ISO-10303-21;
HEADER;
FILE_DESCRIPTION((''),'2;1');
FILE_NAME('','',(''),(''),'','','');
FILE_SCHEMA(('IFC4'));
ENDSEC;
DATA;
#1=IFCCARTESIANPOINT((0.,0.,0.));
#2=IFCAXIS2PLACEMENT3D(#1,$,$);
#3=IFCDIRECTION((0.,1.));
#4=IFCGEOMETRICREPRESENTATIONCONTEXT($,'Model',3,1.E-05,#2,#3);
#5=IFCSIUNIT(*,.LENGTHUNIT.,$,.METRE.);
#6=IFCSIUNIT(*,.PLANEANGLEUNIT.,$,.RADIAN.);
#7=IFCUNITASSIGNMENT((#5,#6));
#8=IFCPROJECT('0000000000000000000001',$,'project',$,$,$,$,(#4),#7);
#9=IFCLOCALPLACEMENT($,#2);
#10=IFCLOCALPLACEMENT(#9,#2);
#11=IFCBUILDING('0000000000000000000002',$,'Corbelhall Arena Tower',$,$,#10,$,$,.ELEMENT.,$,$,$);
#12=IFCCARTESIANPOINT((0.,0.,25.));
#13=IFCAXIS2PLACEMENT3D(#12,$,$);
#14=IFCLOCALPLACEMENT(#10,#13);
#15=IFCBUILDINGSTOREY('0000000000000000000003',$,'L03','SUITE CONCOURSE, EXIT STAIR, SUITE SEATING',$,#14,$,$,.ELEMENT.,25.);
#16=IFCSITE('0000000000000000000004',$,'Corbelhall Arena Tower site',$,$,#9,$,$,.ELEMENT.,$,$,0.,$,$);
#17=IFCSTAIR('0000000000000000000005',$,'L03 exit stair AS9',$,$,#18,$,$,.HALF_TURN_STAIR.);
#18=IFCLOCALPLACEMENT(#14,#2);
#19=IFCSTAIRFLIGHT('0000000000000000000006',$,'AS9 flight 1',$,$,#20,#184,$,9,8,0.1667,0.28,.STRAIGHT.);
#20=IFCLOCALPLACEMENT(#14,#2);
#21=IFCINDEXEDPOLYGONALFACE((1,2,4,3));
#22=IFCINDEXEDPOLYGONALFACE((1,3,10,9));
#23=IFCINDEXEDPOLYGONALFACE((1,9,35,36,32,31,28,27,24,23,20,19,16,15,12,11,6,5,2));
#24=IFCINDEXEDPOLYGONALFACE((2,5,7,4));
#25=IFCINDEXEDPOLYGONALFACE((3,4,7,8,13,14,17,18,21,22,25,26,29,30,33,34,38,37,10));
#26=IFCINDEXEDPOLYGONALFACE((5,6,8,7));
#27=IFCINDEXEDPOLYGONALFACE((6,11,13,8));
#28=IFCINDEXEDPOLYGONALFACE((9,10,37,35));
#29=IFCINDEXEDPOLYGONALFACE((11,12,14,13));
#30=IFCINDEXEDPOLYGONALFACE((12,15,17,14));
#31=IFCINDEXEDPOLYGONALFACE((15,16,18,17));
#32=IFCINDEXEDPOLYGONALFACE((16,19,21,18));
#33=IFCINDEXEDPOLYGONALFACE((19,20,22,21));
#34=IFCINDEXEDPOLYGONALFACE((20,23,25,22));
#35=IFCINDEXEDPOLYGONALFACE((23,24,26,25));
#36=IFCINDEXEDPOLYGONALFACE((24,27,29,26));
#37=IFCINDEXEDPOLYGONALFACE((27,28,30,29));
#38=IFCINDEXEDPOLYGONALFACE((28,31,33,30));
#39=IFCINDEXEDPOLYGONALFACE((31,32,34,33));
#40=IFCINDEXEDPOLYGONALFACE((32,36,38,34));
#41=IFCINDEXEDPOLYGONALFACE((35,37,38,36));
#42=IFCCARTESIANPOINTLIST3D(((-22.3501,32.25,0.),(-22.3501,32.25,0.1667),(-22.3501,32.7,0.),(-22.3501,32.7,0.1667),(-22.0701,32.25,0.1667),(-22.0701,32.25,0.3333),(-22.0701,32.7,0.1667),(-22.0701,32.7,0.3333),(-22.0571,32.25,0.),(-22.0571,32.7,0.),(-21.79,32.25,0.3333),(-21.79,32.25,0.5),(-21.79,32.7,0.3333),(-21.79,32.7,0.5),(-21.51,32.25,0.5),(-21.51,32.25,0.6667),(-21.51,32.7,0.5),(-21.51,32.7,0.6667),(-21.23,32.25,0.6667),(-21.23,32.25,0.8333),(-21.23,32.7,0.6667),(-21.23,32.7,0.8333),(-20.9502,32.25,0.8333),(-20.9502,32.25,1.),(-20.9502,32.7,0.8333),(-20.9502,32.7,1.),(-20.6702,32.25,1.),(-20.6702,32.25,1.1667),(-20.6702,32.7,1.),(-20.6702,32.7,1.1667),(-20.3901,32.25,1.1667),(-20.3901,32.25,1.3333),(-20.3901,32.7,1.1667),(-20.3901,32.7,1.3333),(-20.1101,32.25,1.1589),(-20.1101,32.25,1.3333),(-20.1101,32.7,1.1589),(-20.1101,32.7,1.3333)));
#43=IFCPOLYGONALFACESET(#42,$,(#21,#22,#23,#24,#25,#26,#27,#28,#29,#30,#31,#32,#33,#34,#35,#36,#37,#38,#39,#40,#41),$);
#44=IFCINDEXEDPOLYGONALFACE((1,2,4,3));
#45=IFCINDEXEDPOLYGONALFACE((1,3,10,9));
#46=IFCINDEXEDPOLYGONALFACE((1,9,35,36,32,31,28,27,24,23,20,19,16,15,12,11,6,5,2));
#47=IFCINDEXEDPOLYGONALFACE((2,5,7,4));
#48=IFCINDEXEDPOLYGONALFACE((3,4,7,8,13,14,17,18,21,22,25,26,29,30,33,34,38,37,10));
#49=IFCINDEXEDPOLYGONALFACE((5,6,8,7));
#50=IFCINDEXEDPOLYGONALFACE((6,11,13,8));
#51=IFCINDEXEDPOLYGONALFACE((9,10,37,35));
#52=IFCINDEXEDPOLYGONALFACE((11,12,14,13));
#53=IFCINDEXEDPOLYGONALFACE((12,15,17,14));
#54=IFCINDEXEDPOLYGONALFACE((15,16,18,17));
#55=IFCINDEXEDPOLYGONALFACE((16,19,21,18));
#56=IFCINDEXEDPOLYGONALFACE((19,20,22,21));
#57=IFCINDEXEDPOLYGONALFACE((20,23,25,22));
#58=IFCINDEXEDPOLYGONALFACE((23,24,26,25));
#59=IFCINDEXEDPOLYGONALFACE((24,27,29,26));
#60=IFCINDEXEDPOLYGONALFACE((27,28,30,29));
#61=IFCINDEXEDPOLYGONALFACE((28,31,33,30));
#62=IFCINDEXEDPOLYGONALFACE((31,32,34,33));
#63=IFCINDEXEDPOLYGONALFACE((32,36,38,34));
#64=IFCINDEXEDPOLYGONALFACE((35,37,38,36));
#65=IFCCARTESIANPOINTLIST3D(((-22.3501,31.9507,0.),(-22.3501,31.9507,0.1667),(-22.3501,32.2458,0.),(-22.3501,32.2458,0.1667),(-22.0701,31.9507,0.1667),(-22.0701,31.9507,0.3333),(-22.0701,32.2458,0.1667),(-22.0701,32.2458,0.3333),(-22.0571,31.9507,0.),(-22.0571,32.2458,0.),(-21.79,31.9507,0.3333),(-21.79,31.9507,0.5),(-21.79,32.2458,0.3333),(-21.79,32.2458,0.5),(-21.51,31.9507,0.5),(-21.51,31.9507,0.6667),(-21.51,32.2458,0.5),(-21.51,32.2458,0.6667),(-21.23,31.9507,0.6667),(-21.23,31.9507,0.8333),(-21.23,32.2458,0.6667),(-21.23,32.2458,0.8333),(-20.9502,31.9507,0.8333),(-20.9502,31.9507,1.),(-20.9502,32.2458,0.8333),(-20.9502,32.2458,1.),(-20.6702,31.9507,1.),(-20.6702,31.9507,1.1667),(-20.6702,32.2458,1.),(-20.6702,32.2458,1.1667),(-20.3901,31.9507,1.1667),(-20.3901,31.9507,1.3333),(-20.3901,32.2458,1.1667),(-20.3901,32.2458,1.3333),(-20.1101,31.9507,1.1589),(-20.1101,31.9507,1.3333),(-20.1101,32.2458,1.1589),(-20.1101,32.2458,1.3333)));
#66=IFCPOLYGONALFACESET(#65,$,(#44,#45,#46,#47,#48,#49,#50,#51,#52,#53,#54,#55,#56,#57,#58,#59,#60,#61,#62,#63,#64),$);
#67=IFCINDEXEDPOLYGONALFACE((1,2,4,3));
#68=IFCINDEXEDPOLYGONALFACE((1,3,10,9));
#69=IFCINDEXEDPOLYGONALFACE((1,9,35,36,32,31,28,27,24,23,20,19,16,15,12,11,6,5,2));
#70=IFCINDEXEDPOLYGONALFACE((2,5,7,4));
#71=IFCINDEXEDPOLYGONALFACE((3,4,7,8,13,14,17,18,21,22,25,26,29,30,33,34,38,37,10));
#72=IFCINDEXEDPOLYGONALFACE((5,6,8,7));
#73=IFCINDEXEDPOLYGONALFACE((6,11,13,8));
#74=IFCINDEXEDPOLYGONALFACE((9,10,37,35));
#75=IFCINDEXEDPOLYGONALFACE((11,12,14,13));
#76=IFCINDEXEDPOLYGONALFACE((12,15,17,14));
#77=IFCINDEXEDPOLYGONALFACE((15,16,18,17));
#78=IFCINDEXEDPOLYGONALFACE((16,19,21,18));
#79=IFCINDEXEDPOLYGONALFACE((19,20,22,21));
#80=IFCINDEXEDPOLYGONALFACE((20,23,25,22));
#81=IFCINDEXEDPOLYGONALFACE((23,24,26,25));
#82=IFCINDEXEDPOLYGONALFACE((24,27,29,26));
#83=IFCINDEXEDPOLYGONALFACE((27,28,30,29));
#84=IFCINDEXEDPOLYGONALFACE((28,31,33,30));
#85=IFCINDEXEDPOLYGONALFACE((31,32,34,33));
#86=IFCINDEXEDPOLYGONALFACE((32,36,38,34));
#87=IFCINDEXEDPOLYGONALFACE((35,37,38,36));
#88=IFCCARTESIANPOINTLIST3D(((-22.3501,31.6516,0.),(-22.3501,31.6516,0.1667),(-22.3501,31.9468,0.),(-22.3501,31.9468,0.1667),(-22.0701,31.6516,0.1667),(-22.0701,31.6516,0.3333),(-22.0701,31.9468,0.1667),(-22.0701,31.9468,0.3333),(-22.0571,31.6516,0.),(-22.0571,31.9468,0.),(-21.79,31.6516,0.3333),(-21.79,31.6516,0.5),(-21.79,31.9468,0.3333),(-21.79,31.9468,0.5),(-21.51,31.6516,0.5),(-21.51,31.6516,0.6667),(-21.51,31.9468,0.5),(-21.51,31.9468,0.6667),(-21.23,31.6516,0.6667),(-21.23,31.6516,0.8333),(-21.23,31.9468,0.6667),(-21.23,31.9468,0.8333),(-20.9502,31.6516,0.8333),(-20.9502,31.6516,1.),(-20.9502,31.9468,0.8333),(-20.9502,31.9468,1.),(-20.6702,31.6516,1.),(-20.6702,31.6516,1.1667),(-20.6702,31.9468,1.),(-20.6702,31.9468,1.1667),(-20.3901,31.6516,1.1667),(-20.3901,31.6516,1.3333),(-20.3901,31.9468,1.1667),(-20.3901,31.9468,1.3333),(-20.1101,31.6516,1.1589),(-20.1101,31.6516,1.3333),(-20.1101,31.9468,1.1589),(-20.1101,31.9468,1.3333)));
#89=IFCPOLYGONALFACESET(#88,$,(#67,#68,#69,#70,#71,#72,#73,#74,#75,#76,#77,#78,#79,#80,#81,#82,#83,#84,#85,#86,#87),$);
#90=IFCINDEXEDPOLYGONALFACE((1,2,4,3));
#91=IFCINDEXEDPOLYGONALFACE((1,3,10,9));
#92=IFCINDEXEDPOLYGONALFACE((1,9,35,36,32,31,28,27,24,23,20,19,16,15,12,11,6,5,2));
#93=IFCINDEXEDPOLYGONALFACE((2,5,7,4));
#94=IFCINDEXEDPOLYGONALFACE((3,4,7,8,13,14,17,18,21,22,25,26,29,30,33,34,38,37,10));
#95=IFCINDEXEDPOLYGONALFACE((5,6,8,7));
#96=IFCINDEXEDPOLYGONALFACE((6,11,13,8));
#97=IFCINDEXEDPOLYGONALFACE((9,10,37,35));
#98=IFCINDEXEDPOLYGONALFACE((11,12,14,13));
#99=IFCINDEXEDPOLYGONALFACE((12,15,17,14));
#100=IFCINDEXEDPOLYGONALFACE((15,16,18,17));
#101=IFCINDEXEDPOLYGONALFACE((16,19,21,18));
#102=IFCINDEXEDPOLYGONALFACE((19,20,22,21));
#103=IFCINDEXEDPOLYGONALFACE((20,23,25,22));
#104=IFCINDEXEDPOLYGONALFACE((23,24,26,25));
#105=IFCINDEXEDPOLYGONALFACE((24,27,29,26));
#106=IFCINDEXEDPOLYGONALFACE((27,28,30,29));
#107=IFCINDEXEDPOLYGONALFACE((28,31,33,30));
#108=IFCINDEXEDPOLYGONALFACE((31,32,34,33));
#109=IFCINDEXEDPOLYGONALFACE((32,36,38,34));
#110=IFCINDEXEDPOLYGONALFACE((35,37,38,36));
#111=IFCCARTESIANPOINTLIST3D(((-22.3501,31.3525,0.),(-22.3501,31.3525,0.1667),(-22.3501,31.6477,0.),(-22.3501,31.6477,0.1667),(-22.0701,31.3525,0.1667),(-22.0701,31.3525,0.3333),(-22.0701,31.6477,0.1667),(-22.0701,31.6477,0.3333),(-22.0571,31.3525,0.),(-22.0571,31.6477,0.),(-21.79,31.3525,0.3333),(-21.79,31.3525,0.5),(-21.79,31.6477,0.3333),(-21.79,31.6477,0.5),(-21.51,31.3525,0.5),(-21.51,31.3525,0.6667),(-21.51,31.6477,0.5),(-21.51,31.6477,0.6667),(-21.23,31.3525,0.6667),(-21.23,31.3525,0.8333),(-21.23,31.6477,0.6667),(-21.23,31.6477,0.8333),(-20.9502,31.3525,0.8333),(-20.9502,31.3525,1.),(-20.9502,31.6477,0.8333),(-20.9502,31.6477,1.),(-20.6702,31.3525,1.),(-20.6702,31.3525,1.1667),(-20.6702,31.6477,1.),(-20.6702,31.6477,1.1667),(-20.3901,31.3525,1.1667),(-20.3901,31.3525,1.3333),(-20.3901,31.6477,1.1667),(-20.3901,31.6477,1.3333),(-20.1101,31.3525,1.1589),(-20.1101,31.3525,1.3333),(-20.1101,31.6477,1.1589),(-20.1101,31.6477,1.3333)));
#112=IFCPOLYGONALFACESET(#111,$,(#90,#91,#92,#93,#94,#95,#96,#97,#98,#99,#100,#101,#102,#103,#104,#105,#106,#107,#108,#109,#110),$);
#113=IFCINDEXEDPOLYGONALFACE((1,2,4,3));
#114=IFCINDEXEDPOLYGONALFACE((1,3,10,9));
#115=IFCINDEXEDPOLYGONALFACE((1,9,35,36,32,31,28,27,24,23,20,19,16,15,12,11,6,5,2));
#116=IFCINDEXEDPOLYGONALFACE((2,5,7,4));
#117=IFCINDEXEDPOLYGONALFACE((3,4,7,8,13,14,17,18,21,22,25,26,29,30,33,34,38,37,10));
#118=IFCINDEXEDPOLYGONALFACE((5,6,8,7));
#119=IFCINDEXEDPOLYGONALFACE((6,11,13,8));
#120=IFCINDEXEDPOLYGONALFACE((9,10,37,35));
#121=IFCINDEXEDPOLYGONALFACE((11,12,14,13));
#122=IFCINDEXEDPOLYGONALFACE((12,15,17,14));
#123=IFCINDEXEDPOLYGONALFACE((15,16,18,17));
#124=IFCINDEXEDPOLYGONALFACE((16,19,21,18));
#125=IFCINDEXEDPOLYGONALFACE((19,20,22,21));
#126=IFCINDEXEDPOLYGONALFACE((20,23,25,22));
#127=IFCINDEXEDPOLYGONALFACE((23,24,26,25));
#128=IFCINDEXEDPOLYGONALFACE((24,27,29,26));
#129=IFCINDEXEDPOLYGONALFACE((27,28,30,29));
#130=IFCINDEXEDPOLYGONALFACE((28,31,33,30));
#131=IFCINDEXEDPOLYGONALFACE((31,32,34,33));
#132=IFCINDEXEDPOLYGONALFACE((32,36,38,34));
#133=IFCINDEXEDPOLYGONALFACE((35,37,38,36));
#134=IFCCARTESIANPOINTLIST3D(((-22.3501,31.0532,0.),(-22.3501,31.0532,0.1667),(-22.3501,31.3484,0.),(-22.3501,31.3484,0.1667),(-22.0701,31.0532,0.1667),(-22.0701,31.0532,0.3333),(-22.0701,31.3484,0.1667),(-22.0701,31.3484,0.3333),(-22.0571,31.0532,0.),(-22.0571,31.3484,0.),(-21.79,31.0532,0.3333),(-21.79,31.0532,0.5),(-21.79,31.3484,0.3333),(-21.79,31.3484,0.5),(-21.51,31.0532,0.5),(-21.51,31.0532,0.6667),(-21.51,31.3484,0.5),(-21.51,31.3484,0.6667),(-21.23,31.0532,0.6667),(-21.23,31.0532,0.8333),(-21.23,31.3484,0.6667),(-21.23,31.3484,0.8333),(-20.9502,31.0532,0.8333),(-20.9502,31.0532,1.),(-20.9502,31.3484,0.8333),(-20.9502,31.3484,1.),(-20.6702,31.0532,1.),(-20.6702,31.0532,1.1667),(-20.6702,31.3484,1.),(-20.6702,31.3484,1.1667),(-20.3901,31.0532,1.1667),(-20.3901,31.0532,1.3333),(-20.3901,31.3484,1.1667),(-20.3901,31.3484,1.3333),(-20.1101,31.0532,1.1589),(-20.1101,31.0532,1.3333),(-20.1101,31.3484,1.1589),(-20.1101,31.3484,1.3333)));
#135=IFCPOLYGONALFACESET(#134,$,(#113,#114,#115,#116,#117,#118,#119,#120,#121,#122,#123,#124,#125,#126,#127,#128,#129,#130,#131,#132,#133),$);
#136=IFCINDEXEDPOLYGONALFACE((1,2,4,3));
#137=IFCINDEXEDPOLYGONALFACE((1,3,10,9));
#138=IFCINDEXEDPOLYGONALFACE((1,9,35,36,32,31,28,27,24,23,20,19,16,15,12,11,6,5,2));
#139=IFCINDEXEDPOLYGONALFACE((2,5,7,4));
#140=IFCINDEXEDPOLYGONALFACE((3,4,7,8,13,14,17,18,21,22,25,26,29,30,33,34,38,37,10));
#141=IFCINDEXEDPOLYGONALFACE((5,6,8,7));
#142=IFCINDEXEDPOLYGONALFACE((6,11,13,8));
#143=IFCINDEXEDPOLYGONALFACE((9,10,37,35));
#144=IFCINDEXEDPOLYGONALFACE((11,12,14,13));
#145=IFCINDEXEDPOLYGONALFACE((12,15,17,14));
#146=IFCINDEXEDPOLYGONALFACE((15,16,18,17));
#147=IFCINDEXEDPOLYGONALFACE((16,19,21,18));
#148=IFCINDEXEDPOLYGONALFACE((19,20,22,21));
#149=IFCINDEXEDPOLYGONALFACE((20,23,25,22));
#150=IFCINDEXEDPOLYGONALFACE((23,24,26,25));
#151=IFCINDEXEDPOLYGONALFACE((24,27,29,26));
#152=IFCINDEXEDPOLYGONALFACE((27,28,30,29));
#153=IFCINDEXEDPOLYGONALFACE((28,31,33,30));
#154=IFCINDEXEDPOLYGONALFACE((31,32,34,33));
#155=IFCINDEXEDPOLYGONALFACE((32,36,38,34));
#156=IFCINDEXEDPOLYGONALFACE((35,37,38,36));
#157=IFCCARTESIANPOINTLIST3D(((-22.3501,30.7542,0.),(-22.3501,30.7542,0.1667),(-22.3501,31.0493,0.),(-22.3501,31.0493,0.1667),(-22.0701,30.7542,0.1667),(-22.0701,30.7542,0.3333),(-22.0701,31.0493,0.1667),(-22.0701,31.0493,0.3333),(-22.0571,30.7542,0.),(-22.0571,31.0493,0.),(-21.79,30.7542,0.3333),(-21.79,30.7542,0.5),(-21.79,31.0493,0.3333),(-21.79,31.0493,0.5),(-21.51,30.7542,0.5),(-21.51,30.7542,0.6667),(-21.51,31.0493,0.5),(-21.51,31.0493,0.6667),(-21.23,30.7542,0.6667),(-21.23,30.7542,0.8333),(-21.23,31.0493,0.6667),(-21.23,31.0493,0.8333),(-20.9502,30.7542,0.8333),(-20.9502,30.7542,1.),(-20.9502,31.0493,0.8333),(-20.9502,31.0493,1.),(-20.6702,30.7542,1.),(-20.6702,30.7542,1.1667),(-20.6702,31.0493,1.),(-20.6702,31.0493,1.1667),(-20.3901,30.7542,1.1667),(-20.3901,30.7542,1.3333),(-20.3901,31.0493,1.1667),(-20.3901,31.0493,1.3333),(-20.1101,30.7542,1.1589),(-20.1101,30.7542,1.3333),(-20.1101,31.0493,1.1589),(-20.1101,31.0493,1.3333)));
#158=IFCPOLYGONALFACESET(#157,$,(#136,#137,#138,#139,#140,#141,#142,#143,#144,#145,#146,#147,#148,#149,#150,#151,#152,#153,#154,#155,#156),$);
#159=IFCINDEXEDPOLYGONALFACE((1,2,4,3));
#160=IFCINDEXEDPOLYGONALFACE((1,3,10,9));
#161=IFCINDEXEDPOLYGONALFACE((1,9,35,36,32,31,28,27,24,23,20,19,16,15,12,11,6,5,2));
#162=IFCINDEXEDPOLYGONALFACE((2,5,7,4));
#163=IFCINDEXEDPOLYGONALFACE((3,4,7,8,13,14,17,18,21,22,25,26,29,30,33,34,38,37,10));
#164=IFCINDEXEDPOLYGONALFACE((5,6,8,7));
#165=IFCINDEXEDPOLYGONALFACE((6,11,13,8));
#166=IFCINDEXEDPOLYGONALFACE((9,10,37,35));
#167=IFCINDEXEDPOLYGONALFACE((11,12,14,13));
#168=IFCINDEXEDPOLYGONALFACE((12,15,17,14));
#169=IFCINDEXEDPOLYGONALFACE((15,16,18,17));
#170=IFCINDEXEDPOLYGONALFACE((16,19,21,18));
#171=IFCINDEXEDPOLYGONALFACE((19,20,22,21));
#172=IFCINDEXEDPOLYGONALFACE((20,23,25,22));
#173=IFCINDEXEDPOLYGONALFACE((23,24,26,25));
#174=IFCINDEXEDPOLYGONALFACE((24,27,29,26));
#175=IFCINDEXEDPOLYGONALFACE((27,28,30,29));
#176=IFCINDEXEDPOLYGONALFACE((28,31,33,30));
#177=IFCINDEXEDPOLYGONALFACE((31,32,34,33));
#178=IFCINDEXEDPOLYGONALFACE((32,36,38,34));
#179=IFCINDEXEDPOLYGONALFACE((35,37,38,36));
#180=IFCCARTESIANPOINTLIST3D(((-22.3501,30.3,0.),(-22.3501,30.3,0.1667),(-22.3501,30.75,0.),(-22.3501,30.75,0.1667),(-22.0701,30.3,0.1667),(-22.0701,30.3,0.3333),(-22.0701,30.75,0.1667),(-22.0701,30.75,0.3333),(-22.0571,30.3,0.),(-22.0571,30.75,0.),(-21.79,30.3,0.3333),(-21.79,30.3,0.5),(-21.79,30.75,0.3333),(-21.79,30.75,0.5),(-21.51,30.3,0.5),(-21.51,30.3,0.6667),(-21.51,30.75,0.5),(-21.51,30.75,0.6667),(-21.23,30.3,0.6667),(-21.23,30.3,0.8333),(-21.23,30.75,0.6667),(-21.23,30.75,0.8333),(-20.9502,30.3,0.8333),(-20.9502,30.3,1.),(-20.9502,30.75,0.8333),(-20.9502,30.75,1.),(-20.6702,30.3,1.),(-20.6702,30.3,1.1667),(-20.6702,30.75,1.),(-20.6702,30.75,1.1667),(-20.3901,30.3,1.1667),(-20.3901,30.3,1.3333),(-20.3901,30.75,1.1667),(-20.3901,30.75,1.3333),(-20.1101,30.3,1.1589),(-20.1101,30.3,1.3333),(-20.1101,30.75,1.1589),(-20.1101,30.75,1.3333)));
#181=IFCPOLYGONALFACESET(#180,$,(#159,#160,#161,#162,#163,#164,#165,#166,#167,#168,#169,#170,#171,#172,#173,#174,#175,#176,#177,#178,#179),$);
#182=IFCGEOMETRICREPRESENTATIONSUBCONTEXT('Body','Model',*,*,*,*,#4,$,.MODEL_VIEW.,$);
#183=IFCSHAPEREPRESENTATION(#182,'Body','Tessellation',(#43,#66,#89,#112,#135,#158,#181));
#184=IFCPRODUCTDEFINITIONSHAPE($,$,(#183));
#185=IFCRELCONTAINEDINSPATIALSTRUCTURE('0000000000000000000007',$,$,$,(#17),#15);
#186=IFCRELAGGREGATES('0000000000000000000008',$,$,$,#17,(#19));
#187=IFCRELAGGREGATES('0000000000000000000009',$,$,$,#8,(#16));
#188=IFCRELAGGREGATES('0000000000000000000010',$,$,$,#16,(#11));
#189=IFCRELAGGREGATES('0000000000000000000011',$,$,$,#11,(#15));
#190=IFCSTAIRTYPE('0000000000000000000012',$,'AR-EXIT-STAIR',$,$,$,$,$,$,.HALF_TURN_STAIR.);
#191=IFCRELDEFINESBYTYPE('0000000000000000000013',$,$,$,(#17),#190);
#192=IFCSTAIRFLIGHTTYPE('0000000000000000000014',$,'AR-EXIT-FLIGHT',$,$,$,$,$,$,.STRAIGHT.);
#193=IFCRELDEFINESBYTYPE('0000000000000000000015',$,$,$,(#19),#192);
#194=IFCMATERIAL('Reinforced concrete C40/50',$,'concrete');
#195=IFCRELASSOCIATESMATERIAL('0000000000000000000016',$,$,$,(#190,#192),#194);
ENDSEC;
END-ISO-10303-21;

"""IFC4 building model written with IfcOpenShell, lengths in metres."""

from ifc_helpers import new_model, si_unit, direction, frame, origin, place, context, subcontext, project, spatial, polyline, outline, extrude, material, type_object, element, aggregate, save


model = new_model("IFC4")

# Units and contexts
model_context = context("Model", 3, precision=1e-05, world=origin(), true_north=direction((0.0, 1.0)))
body_context = subcontext(model_context, "Body", "Model", "MODEL_VIEW")
ifc_project = project(units=[si_unit("LENGTHUNIT", "METRE"), si_unit("PLANEANGLEUNIT", "RADIAN")], contexts=[model_context])

# Site, building, storey
site_placement = place(None, origin())
site = spatial("IfcSite", under=ifc_project, at=site_placement, Name="Corbelhall Arena Tower site", CompositionType="ELEMENT", RefElevation=0.0)
building_placement = place(site_placement, origin())
building = spatial("IfcBuilding", under=site, at=building_placement, Name="Corbelhall Arena Tower", CompositionType="ELEMENT")
storey_placement = place(building_placement, frame((0.0, 0.0, 25.0)))
storey = spatial("IfcBuildingStorey", under=building, at=storey_placement, Name="L03", Description="SUITE CONCOURSE, EXIT STAIR, SUITE SEATING", CompositionType="ELEMENT", Elevation=25.0)

# Shared definitions
ifc_material_1 = material(Name="Reinforced concrete C40/50", Category="concrete")

# Stair, stair flight
stair_type = type_object("IfcStairType", Name="AR-EXIT-STAIR", PredefinedType="HALF_TURN_STAIR", material=ifc_material_1)
stair_1_placement = place(storey_placement, origin())
stair_1 = element("IfcStair", 1, at=stair_1_placement, inside=storey, type_object=stair_type, Name="L03 exit stair AS9", PredefinedType="HALF_TURN_STAIR")
stair_flight_type = type_object("IfcStairFlightType", Name="AR-EXIT-FLIGHT", PredefinedType="STRAIGHT", material=ifc_material_1)
stair_flight_1_placement = place(storey_placement, frame((-22.3501, 31.5, 0.0), z_axis=(0.0, 0.0, 1.0), x_axis=(1.0, 0.0, 0.0)))
stair_flight_1 = element("IfcStairFlight", 2, at=stair_flight_1_placement, type_object=stair_flight_type, Name="AS9 flight 1", NumberOfRisers=9, NumberOfTreads=8, PredefinedType="STRAIGHT", RiserHeight=0.1667, TreadLength=0.28, context=body_context, shape_type="SweptSolid", body=[
    extrude(outline(polyline([(0.0, 0.0), (0.0, 0.1667), (0.28, 0.1667), (0.28, 0.3333), (0.5601, 0.3333), (0.5601, 0.5), (0.8401, 0.5), (0.8401, 0.6667), (1.1201, 0.6667), (1.1201, 0.8333), (1.3999, 0.8333), (1.3999, 1.0), (1.6799, 1.0), (1.6799, 1.1667), (1.96, 1.1667), (1.96, 1.3333), (2.24, 1.3333), (2.24, 1.5), (2.24, 1.1589), (0.293, 0.0), (0.0, 0.0)])), frame((0.0, 1.2, 0.0), z_axis=(0.0, -1.0, 0.0), x_axis=(1.0, 0.0, 0.0)), (0.0, 0.0, 1.0), 0.45),
    extrude(outline(polyline([(0.0, 0.0), (0.0, 0.1667), (0.28, 0.1667), (0.28, 0.3333), (0.5601, 0.3333), (0.5601, 0.5), (0.8401, 0.5), (0.8401, 0.6667), (1.1201, 0.6667), (1.1201, 0.8333), (1.3999, 0.8333), (1.3999, 1.0), (1.6799, 1.0), (1.6799, 1.1667), (1.96, 1.1667), (1.96, 1.3333), (2.24, 1.3333), (2.24, 1.5), (2.24, 1.1589), (0.293, 0.0), (0.0, 0.0)])), frame((0.0, 0.7458, 0.0), z_axis=(0.0, -1.0, 0.0), x_axis=(1.0, 0.0, 0.0)), (0.0, 0.0, 1.0), 0.2952),
    extrude(outline(polyline([(0.0, 0.0), (0.0, 0.1667), (0.28, 0.1667), (0.28, 0.3333), (0.5601, 0.3333), (0.5601, 0.5), (0.8401, 0.5), (0.8401, 0.6667), (1.1201, 0.6667), (1.1201, 0.8333), (1.3999, 0.8333), (1.3999, 1.0), (1.6799, 1.0), (1.6799, 1.1667), (1.96, 1.1667), (1.96, 1.3333), (2.24, 1.3333), (2.24, 1.5), (2.24, 1.1589), (0.293, 0.0), (0.0, 0.0)])), frame((0.0, 0.4468, 0.0), z_axis=(0.0, -1.0, 0.0), x_axis=(1.0, 0.0, 0.0)), (0.0, 0.0, 1.0), 0.2952),
    extrude(outline(polyline([(0.0, 0.0), (0.0, 0.1667), (0.28, 0.1667), (0.28, 0.3333), (0.5601, 0.3333), (0.5601, 0.5), (0.8401, 0.5), (0.8401, 0.6667), (1.1201, 0.6667), (1.1201, 0.8333), (1.3999, 0.8333), (1.3999, 1.0), (1.6799, 1.0), (1.6799, 1.1667), (1.96, 1.1667), (1.96, 1.3333), (2.24, 1.3333), (2.24, 1.5), (2.24, 1.1589), (0.293, 0.0), (0.0, 0.0)])), frame((0.0, 0.1477, 0.0), z_axis=(0.0, -1.0, 0.0), x_axis=(1.0, 0.0, 0.0)), (0.0, 0.0, 1.0), 0.2952),
    extrude(outline(polyline([(0.0, 0.0), (0.0, 0.1667), (0.28, 0.1667), (0.28, 0.3333), (0.5601, 0.3333), (0.5601, 0.5), (0.8401, 0.5), (0.8401, 0.6667), (1.1201, 0.6667), (1.1201, 0.8333), (1.3999, 0.8333), (1.3999, 1.0), (1.6799, 1.0), (1.6799, 1.1667), (1.96, 1.1667), (1.96, 1.3333), (2.24, 1.3333), (2.24, 1.5), (2.24, 1.1589), (0.293, 0.0), (0.0, 0.0)])), frame((0.0, -0.1516, 0.0), z_axis=(0.0, -1.0, 0.0), x_axis=(1.0, 0.0, 0.0)), (0.0, 0.0, 1.0), 0.2952),
    extrude(outline(polyline([(0.0, 0.0), (0.0, 0.1667), (0.28, 0.1667), (0.28, 0.3333), (0.5601, 0.3333), (0.5601, 0.5), (0.8401, 0.5), (0.8401, 0.6667), (1.1201, 0.6667), (1.1201, 0.8333), (1.3999, 0.8333), (1.3999, 1.0), (1.6799, 1.0), (1.6799, 1.1667), (1.96, 1.1667), (1.96, 1.3333), (2.24, 1.3333), (2.24, 1.5), (2.24, 1.1589), (0.293, 0.0), (0.0, 0.0)])), frame((0.0, -0.4507, 0.0), z_axis=(0.0, -1.0, 0.0), x_axis=(1.0, 0.0, 0.0)), (0.0, 0.0, 1.0), 0.2952),
    extrude(outline(polyline([(0.0, 0.0), (0.0, 0.1667), (0.28, 0.1667), (0.28, 0.3333), (0.5601, 0.3333), (0.5601, 0.5), (0.8401, 0.5), (0.8401, 0.6667), (1.1201, 0.6667), (1.1201, 0.8333), (1.3999, 0.8333), (1.3999, 1.0), (1.6799, 1.0), (1.6799, 1.1667), (1.96, 1.1667), (1.96, 1.3333), (2.24, 1.3333), (2.24, 1.5), (2.24, 1.1589), (0.293, 0.0), (0.0, 0.0)])), frame((0.0, -0.75, 0.0), z_axis=(0.0, -1.0, 0.0), x_axis=(1.0, 0.0, 0.0)), (0.0, 0.0, 1.0), 0.45),
])
aggregate(stair_1, [stair_flight_1])

save(model, "model.ifc")
